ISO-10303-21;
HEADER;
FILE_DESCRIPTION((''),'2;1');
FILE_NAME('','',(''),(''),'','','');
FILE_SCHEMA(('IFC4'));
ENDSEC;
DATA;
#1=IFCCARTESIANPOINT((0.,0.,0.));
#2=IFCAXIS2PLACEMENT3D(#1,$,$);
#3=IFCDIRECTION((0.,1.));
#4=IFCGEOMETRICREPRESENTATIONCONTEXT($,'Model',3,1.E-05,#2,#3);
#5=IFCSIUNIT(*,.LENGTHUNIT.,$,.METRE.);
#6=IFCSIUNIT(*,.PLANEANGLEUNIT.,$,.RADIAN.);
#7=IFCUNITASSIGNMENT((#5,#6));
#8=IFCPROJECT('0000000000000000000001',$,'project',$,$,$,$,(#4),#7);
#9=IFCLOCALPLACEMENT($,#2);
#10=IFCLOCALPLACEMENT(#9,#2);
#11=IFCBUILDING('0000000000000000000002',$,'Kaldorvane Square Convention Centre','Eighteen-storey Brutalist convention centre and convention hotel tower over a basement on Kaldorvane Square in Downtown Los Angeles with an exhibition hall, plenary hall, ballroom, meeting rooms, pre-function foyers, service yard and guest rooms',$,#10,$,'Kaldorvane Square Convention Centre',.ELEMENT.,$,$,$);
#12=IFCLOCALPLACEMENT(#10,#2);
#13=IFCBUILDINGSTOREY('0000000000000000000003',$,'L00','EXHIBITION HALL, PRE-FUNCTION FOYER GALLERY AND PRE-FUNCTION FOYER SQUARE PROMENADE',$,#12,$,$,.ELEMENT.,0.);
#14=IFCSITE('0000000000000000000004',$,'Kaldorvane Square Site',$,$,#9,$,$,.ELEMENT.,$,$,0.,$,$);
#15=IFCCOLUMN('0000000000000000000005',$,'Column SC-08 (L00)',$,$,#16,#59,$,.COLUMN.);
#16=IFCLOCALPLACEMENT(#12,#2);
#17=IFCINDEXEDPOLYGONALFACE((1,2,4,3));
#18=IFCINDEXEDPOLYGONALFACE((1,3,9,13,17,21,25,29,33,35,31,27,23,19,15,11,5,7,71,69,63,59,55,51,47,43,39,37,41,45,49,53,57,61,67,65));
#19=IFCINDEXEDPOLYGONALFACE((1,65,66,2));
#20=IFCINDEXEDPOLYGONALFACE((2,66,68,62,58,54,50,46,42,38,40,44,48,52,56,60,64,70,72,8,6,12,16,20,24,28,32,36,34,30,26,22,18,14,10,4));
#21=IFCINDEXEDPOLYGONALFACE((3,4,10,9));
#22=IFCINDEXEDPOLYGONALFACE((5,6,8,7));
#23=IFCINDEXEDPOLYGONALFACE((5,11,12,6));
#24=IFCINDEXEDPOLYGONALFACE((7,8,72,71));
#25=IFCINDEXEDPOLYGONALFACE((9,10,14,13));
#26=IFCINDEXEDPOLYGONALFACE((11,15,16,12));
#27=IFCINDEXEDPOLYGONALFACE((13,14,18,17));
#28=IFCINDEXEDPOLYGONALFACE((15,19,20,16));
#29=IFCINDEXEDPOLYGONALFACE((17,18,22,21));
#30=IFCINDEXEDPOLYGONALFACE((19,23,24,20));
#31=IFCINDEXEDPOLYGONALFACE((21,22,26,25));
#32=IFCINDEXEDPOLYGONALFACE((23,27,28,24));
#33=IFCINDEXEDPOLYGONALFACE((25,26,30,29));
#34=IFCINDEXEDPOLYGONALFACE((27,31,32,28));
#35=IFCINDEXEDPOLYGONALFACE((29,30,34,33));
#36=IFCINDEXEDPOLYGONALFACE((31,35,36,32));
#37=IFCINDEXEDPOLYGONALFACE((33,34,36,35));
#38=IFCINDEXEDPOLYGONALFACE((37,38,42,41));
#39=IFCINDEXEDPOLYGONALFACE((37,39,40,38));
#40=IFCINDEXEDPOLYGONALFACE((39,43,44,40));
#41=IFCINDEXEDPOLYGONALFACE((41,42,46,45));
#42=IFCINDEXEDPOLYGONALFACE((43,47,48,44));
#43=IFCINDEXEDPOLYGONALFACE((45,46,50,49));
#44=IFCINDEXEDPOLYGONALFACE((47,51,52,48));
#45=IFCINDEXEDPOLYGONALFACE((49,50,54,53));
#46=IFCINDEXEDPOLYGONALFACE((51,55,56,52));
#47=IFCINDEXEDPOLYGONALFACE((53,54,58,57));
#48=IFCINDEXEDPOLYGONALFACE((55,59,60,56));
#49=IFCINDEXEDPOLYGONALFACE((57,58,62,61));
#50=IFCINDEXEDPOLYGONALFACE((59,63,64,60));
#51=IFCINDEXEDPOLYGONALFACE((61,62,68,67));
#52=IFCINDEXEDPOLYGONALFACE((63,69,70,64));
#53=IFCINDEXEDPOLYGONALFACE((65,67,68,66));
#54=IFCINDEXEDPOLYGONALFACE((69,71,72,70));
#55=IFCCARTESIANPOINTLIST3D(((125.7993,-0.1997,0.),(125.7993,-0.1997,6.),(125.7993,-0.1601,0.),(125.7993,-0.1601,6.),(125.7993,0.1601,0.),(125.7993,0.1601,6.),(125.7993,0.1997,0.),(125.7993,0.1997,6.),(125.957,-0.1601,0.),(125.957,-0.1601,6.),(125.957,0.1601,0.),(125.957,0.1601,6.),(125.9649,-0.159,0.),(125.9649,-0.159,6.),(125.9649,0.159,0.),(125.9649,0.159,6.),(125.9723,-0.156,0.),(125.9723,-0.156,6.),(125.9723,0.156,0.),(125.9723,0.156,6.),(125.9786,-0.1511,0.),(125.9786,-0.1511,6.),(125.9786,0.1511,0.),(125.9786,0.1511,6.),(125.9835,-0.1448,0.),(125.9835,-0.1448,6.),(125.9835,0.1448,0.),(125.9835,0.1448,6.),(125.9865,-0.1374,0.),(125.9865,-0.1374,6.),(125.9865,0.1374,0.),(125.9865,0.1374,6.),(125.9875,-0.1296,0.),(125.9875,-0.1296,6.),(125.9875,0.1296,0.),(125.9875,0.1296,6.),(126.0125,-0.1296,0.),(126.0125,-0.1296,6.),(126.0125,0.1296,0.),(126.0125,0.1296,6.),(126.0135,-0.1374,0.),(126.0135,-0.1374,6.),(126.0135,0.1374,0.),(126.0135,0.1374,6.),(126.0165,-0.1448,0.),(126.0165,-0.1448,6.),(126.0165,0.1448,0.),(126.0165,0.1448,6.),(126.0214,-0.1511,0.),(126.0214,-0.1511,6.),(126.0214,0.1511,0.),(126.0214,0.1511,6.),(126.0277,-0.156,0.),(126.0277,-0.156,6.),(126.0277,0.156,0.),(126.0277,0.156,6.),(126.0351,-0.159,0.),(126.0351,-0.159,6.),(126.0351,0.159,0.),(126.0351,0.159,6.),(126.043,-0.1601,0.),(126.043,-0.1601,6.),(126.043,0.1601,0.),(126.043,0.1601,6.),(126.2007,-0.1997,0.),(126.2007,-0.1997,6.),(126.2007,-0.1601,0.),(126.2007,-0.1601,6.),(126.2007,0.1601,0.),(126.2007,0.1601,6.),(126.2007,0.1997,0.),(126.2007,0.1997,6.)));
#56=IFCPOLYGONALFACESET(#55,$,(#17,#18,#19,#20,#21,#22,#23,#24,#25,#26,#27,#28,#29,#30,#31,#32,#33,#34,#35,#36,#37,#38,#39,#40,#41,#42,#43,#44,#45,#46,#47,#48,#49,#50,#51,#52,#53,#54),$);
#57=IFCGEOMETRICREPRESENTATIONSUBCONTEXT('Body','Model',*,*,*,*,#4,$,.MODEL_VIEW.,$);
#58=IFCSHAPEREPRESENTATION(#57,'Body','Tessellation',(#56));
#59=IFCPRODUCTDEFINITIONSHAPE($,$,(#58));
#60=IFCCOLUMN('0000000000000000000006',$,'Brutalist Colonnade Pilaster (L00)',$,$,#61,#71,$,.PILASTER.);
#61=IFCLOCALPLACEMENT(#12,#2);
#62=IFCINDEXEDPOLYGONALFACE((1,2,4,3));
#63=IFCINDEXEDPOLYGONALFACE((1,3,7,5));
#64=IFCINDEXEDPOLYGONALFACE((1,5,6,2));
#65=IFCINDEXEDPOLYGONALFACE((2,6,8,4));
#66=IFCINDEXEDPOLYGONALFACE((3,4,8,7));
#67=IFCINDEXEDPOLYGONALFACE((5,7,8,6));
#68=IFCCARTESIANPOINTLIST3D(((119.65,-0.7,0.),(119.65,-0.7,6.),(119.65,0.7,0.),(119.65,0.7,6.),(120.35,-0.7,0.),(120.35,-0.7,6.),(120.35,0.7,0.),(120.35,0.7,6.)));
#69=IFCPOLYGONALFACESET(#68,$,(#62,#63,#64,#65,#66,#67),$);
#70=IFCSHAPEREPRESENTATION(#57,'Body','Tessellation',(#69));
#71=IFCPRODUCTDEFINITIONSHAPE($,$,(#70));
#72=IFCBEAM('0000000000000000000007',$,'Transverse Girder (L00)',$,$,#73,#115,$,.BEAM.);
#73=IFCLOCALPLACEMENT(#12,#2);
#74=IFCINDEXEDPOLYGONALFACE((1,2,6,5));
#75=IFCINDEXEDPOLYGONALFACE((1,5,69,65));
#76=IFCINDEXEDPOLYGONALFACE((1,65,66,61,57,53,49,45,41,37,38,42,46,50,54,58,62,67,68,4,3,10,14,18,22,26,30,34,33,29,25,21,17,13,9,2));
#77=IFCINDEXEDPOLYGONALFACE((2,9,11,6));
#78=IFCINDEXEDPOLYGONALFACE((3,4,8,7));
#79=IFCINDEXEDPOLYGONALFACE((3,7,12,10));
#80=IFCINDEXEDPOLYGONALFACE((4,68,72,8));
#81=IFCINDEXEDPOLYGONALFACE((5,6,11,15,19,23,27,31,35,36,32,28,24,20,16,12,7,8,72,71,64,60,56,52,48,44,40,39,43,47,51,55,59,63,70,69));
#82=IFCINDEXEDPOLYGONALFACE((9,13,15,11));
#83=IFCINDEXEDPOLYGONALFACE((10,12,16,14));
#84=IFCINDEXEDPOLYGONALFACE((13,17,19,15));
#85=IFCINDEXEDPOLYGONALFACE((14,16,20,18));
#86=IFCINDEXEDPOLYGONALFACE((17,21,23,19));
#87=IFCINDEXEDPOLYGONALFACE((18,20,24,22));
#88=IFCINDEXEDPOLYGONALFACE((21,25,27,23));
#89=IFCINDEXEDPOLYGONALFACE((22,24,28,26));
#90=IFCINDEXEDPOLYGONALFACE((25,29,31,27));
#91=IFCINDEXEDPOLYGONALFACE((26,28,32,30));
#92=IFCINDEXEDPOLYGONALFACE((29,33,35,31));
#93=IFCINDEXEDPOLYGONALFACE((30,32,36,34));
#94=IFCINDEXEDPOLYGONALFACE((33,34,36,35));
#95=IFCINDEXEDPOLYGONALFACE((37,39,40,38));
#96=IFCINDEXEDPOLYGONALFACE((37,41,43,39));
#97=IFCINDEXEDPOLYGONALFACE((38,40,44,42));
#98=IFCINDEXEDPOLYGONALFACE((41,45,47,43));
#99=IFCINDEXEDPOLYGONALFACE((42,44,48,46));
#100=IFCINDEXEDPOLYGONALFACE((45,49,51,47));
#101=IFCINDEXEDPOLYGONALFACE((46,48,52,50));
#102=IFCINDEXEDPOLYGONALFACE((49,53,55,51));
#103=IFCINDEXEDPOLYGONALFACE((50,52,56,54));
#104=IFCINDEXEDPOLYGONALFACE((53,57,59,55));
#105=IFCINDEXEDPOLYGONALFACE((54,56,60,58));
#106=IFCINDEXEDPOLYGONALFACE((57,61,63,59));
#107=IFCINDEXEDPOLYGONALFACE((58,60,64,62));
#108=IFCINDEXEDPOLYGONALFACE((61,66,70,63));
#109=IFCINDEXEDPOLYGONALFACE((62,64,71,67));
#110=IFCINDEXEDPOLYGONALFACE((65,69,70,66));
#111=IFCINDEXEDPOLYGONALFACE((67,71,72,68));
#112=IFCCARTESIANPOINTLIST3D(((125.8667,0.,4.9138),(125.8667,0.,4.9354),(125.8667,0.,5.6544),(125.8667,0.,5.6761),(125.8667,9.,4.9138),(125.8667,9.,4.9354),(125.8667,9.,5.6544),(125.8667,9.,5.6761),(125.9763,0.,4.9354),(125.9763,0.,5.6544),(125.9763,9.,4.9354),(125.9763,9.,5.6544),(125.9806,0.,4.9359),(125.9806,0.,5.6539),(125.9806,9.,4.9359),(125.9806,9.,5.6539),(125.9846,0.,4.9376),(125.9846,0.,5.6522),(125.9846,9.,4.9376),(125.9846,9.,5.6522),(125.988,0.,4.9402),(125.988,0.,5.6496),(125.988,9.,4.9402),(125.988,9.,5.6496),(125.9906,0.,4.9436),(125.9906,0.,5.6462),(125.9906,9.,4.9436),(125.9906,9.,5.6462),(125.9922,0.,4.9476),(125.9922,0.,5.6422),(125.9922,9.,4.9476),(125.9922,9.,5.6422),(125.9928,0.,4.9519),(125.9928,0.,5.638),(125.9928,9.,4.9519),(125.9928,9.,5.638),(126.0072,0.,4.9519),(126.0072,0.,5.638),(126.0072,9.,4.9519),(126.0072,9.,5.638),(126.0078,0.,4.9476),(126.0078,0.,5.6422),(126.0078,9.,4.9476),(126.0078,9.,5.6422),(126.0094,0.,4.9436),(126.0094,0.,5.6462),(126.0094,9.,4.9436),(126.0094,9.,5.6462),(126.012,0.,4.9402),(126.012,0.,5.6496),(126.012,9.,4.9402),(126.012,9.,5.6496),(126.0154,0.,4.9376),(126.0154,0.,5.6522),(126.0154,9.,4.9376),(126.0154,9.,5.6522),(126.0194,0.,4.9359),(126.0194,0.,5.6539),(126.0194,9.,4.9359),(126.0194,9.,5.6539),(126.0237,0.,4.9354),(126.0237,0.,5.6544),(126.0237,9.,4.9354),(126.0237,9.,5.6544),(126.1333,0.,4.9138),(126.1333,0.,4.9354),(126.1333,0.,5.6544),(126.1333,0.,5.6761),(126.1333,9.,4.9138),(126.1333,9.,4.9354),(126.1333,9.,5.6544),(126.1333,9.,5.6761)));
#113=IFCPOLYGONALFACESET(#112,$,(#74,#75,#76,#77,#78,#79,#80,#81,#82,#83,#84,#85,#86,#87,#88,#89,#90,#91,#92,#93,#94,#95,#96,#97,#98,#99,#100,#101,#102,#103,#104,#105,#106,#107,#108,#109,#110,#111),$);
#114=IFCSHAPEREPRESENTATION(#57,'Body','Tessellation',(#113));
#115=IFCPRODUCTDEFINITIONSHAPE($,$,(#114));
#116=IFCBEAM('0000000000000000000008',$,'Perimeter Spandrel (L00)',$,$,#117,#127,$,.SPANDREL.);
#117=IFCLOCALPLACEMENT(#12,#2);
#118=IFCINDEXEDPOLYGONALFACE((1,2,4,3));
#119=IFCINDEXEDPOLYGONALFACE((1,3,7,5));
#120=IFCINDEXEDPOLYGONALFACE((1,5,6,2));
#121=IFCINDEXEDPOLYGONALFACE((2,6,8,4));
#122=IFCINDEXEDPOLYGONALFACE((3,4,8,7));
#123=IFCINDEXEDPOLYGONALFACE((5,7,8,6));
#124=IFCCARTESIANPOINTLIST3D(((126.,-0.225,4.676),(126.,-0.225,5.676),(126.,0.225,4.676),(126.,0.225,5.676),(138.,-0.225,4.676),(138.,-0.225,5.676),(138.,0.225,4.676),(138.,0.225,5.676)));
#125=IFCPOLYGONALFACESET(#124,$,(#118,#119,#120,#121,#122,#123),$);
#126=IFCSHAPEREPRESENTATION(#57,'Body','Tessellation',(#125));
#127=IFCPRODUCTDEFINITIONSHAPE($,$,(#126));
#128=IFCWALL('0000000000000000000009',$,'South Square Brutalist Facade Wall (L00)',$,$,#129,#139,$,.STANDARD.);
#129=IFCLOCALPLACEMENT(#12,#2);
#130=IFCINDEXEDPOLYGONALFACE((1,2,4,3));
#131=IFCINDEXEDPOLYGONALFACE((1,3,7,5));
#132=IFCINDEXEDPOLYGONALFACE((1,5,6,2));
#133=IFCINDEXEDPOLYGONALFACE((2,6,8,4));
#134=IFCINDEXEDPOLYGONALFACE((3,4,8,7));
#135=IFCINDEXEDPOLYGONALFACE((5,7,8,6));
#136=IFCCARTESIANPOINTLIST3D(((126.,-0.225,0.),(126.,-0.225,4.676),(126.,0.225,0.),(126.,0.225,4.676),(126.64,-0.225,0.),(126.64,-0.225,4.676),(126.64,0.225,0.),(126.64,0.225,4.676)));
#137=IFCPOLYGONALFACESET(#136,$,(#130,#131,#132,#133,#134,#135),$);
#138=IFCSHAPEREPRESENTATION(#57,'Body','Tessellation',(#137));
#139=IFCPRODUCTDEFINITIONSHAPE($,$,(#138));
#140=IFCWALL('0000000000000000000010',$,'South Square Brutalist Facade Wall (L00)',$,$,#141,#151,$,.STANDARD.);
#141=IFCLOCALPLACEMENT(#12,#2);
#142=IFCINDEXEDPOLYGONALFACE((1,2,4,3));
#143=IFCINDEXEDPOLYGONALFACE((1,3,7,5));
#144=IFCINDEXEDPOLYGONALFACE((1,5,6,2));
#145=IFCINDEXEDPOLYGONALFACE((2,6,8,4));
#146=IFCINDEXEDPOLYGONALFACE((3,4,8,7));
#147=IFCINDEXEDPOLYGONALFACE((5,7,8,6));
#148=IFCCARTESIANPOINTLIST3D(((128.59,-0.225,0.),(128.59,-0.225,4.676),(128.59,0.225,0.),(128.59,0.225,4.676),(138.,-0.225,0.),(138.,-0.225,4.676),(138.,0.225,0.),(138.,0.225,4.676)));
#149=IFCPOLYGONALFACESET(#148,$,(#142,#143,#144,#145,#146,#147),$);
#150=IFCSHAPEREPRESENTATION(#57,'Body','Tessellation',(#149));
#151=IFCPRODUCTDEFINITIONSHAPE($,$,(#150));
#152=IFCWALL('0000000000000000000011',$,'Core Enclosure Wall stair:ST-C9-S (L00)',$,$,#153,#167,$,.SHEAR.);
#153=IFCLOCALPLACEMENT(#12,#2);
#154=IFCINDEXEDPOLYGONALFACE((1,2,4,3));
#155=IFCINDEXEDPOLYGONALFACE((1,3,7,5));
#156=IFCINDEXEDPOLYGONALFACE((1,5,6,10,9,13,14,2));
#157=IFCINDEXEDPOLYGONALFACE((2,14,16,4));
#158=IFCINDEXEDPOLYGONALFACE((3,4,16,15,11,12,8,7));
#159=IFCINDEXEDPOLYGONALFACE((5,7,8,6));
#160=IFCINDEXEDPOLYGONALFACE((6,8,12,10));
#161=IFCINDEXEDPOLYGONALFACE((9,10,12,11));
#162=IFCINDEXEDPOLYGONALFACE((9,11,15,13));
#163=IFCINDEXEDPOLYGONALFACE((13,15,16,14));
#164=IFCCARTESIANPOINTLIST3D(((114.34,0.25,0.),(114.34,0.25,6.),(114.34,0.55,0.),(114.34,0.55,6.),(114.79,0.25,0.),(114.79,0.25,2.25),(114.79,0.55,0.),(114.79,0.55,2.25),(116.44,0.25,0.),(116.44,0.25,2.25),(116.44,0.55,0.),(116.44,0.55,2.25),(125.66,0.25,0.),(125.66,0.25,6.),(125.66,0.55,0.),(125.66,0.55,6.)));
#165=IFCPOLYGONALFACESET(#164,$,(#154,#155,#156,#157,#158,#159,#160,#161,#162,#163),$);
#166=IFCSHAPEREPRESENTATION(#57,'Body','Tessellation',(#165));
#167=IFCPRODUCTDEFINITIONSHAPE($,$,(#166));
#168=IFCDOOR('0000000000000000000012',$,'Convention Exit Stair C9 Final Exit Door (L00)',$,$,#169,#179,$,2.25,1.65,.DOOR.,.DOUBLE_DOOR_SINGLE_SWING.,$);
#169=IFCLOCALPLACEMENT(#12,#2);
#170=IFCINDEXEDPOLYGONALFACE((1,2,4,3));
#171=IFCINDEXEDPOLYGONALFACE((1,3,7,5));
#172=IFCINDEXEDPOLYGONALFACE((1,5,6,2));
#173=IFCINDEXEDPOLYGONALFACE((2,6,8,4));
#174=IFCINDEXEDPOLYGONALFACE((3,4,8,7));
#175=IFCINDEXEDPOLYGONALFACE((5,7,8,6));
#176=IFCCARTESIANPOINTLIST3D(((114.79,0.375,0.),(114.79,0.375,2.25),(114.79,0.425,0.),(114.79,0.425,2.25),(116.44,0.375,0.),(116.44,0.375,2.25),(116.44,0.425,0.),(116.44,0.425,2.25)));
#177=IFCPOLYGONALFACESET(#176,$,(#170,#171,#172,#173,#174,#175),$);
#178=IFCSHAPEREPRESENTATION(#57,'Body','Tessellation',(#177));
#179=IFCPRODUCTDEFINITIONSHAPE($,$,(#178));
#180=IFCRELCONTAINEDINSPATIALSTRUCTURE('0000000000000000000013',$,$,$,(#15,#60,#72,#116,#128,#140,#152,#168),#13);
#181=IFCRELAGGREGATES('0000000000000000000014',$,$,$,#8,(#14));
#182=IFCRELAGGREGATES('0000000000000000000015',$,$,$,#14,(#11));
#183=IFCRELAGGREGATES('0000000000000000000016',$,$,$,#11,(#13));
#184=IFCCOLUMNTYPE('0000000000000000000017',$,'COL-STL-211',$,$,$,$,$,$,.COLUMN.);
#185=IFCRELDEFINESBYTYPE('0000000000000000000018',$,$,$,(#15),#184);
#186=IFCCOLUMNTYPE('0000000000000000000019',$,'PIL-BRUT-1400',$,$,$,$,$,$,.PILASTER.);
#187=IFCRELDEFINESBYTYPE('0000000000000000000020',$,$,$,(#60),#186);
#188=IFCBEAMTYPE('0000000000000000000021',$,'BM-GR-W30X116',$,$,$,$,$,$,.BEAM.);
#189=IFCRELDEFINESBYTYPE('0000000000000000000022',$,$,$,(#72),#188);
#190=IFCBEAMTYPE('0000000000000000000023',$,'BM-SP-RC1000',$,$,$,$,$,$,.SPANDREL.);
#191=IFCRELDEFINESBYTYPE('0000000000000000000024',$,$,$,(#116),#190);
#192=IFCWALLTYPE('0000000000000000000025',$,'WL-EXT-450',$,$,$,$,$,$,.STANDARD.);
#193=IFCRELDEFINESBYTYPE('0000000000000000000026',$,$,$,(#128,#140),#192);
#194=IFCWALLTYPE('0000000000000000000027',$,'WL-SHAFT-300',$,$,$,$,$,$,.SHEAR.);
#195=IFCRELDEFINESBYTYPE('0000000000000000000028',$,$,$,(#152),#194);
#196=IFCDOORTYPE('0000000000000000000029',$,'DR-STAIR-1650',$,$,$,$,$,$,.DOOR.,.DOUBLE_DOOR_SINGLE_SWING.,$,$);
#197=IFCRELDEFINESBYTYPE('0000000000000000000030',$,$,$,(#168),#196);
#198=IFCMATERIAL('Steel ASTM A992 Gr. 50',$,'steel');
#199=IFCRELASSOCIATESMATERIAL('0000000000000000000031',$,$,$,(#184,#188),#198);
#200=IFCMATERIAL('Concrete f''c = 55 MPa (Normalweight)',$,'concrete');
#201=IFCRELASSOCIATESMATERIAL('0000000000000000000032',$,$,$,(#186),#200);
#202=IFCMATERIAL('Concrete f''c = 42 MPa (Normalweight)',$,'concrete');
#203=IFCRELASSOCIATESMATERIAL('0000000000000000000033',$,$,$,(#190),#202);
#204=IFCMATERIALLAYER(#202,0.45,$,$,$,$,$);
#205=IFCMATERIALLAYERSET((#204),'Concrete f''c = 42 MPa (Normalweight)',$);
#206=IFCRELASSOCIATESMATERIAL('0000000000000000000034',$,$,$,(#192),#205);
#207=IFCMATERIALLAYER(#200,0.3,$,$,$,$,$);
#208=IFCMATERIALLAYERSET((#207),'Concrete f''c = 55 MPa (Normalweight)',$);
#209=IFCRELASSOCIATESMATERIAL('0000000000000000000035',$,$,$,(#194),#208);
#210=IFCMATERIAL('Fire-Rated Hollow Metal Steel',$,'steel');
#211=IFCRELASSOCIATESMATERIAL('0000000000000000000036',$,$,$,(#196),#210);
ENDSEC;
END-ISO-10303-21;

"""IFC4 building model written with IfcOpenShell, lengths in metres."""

from ifc_helpers import new_model, si_unit, direction, frame, frame_2d, origin, origin_2d, place, context, subcontext, project, spatial, rectangle, i_section, extrude, material, layer, layer_set, material_profile, profile_set, type_object, element, fill, save


model = new_model("IFC4")

# Units and contexts
model_context = context("Model", 3, precision=1e-05, world=origin(), true_north=direction((0.0, 1.0)))
body_context = subcontext(model_context, "Body", "Model", "MODEL_VIEW")
ifc_project = project(units=[si_unit("LENGTHUNIT", "METRE"), si_unit("PLANEANGLEUNIT", "RADIAN")], contexts=[model_context])

# Site, building, storey
site_placement = place(None, origin())
site = spatial("IfcSite", under=ifc_project, at=site_placement, Name="Kaldorvane Square Site", CompositionType="ELEMENT", RefElevation=0.0)
building_placement = place(site_placement, origin())
building = spatial("IfcBuilding", under=site, at=building_placement, Name="Kaldorvane Square Convention Centre", Description="Eighteen-storey Brutalist convention centre and convention hotel tower over a basement on Kaldorvane Square in Downtown Los Angeles with an exhibition hall, plenary hall, ballroom, meeting rooms, pre-function foyers, service yard and guest rooms", LongName="Kaldorvane Square Convention Centre", CompositionType="ELEMENT")
storey_placement = place(building_placement, origin())
storey = spatial("IfcBuildingStorey", under=building, at=storey_placement, Name="L00", Description="EXHIBITION HALL, PRE-FUNCTION FOYER GALLERY AND PRE-FUNCTION FOYER SQUARE PROMENADE", CompositionType="ELEMENT", Elevation=0.0)

# Columns
ifc_material_1 = material(Name="Steel ASTM A992 Gr. 50", Category="steel")
ifc_material_profile_1 = material_profile(ifc_material_1, i_section(OverallWidth=0.4013, OverallDepth=0.3993, WebThickness=0.0249, FlangeThickness=0.0396, FilletRadius=0.0305, at=origin_2d()), Name="W14X211")
ifc_profile_set_1 = profile_set([ifc_material_profile_1], Name="Steel ASTM A992 Gr. 50")
column_type_1 = type_object("IfcColumnType", Name="COL-STL-211", PredefinedType="COLUMN", material=ifc_profile_set_1)
column_1_placement = place(storey_placement, frame((126.0, 0.0, 0.0), z_axis=(0.0, 0.0, 1.0), x_axis=(1.0, 0.0, 0.0)))
element("IfcColumn", 1, at=column_1_placement, inside=storey, type_object=column_type_1, Name="Column SC-08 (L00)", PredefinedType="COLUMN", context=body_context, shape_type="SweptSolid", body=[
    extrude(i_section(OverallWidth=0.4013, OverallDepth=0.3993, WebThickness=0.0249, FlangeThickness=0.0396, FilletRadius=0.0305, at=origin_2d()), origin(), (0.0, 0.0, 1.0), 6.0),
])
ifc_material_2 = material(Name="Concrete f'c = 55 MPa (Normalweight)", Category="concrete")
ifc_material_profile_2 = material_profile(ifc_material_2, rectangle(XDim=0.7, YDim=1.4, at=origin_2d()), Name="PIL1400X700")
ifc_profile_set_2 = profile_set([ifc_material_profile_2], Name="Concrete f'c = 55 MPa (Normalweight)")
column_type_2 = type_object("IfcColumnType", Name="PIL-BRUT-1400", PredefinedType="PILASTER", material=ifc_profile_set_2)
column_2_placement = place(storey_placement, frame((120.0, 0.0, 0.0), z_axis=(0.0, 0.0, 1.0), x_axis=(1.0, 0.0, 0.0)))
element("IfcColumn", 2, at=column_2_placement, inside=storey, type_object=column_type_2, Name="Brutalist Colonnade Pilaster (L00)", PredefinedType="PILASTER", context=body_context, shape_type="SweptSolid", body=[
    extrude(rectangle(XDim=0.7, YDim=1.4, at=origin_2d()), origin(), (0.0, 0.0, 1.0), 6.0),
])

# Beams
ifc_material_profile_3 = material_profile(ifc_material_1, i_section(OverallWidth=0.2666, OverallDepth=0.7623, WebThickness=0.0144, FlangeThickness=0.0216, FilletRadius=0.0165, at=origin_2d()), Name="W30X116")
ifc_profile_set_3 = profile_set([ifc_material_profile_3], Name="Steel ASTM A992 Gr. 50")
beam_type_1 = type_object("IfcBeamType", Name="BM-GR-W30X116", PredefinedType="BEAM", material=ifc_profile_set_3)
beam_1_placement = place(storey_placement, frame((126.0, 0.0, 5.2949), z_axis=(0.0, 1.0, 0.0), x_axis=(-1.0, 0.0, 0.0)))
element("IfcBeam", 3, at=beam_1_placement, inside=storey, type_object=beam_type_1, Name="Transverse Girder (L00)", PredefinedType="BEAM", context=body_context, shape_type="SweptSolid", body=[
    extrude(i_section(OverallWidth=0.2666, OverallDepth=0.7623, WebThickness=0.0144, FlangeThickness=0.0216, FilletRadius=0.0165, at=origin_2d()), origin(), (0.0, 0.0, 1.0), 9.0),
])
ifc_material_3 = material(Name="Concrete f'c = 42 MPa (Normalweight)", Category="concrete")
ifc_material_profile_4 = material_profile(ifc_material_3, rectangle(XDim=0.45, YDim=1.0, at=origin_2d()), Name="RCSP1000X450")
ifc_profile_set_4 = profile_set([ifc_material_profile_4], Name="Concrete f'c = 42 MPa (Normalweight)")
beam_type_2 = type_object("IfcBeamType", Name="BM-SP-RC1000", PredefinedType="SPANDREL", material=ifc_profile_set_4)
beam_2_placement = place(storey_placement, frame((126.0, 0.0, 5.176), z_axis=(1.0, 0.0, 0.0), x_axis=(0.0, 1.0, 0.0)))
element("IfcBeam", 4, at=beam_2_placement, inside=storey, type_object=beam_type_2, Name="Perimeter Spandrel (L00)", PredefinedType="SPANDREL", context=body_context, shape_type="SweptSolid", body=[
    extrude(rectangle(XDim=0.45, YDim=1.0, at=origin_2d()), origin(), (0.0, 0.0, 1.0), 12.0),
])

# Walls
ifc_layer_1 = layer(ifc_material_3, 0.45)
ifc_layer_set_1 = layer_set([ifc_layer_1], Name="Concrete f'c = 42 MPa (Normalweight)")
wall_type_1 = type_object("IfcWallType", Name="WL-EXT-450", PredefinedType="STANDARD", material=ifc_layer_set_1)
wall_1_placement = place(storey_placement, frame((126.0, 0.0, 0.0), z_axis=(0.0, 0.0, 1.0), x_axis=(1.0, 0.0, 0.0)))
element("IfcWall", 5, at=wall_1_placement, inside=storey, type_object=wall_type_1, Name="South Square Brutalist Facade Wall (L00)", PredefinedType="STANDARD", context=body_context, shape_type="SweptSolid", body=[
    extrude(rectangle(XDim=0.64, YDim=0.45, at=frame_2d((0.32, 0.0))), origin(), (0.0, 0.0, 1.0), 4.676),
])
wall_2_placement = place(storey_placement, frame((128.59, 0.0, 0.0), z_axis=(0.0, 0.0, 1.0), x_axis=(1.0, 0.0, 0.0)))
element("IfcWall", 6, at=wall_2_placement, inside=storey, type_object=wall_type_1, Name="South Square Brutalist Facade Wall (L00)", PredefinedType="STANDARD", context=body_context, shape_type="SweptSolid", body=[
    extrude(rectangle(XDim=9.41, YDim=0.45, at=frame_2d((4.705, 0.0))), origin(), (0.0, 0.0, 1.0), 4.676),
])

# Wall, opening, door
ifc_layer_2 = layer(ifc_material_2, 0.3)
ifc_layer_set_2 = layer_set([ifc_layer_2], Name="Concrete f'c = 55 MPa (Normalweight)")
wall_type_2 = type_object("IfcWallType", Name="WL-SHAFT-300", PredefinedType="SHEAR", material=ifc_layer_set_2)
wall_3_placement = place(storey_placement, frame((125.66, 0.4, 0.0), z_axis=(0.0, 0.0, 1.0), x_axis=(-1.0, 0.0, 0.0)))
wall_3 = element("IfcWall", 7, at=wall_3_placement, inside=storey, type_object=wall_type_2, Name="Core Enclosure Wall stair:ST-C9-S (L00)", PredefinedType="SHEAR", context=body_context, shape_type="SweptSolid", body=[
    extrude(rectangle(XDim=11.32, YDim=0.3, at=frame_2d((5.66, 0.0))), origin(), (0.0, 0.0, 1.0), 6.0),
])
opening_1_placement = place(wall_3_placement, frame((9.22, 0.0, 0.0)))
opening_1 = element("IfcOpeningElement", 8, at=opening_1_placement, cuts=wall_3, PredefinedType="OPENING", context=body_context, shape_type="SweptSolid", body=[
    extrude(rectangle(XDim=1.65, YDim=2.25, at=frame_2d((0.825, 1.125))), frame((0.0, 0.165, 0.0), z_axis=(0.0, -1.0, 0.0), x_axis=(1.0, 0.0, 0.0)), (0.0, 0.0, 1.0), 0.33),
])
ifc_material_4 = material(Name="Fire-Rated Hollow Metal Steel", Category="steel")
door_type = type_object("IfcDoorType", Name="DR-STAIR-1650", OperationType="DOUBLE_DOOR_SINGLE_SWING", PredefinedType="DOOR", material=ifc_material_4)
door_1_placement = place(opening_1_placement, origin())
door_1 = element("IfcDoor", 9, at=door_1_placement, inside=storey, type_object=door_type, Name="Convention Exit Stair C9 Final Exit Door (L00)", OperationType="DOUBLE_DOOR_SINGLE_SWING", OverallHeight=2.25, OverallWidth=1.65, PredefinedType="DOOR", context=body_context, shape_type="SweptSolid", body=[
    extrude(rectangle(XDim=1.65, YDim=2.25, at=frame_2d((0.825, 1.125))), frame((0.0, 0.025, 0.0), z_axis=(0.0, -1.0, 0.0), x_axis=(1.0, 0.0, 0.0)), (0.0, 0.0, 1.0), 0.05),
])
fill(opening_1, door_1)

save(model, "model.ifc")
